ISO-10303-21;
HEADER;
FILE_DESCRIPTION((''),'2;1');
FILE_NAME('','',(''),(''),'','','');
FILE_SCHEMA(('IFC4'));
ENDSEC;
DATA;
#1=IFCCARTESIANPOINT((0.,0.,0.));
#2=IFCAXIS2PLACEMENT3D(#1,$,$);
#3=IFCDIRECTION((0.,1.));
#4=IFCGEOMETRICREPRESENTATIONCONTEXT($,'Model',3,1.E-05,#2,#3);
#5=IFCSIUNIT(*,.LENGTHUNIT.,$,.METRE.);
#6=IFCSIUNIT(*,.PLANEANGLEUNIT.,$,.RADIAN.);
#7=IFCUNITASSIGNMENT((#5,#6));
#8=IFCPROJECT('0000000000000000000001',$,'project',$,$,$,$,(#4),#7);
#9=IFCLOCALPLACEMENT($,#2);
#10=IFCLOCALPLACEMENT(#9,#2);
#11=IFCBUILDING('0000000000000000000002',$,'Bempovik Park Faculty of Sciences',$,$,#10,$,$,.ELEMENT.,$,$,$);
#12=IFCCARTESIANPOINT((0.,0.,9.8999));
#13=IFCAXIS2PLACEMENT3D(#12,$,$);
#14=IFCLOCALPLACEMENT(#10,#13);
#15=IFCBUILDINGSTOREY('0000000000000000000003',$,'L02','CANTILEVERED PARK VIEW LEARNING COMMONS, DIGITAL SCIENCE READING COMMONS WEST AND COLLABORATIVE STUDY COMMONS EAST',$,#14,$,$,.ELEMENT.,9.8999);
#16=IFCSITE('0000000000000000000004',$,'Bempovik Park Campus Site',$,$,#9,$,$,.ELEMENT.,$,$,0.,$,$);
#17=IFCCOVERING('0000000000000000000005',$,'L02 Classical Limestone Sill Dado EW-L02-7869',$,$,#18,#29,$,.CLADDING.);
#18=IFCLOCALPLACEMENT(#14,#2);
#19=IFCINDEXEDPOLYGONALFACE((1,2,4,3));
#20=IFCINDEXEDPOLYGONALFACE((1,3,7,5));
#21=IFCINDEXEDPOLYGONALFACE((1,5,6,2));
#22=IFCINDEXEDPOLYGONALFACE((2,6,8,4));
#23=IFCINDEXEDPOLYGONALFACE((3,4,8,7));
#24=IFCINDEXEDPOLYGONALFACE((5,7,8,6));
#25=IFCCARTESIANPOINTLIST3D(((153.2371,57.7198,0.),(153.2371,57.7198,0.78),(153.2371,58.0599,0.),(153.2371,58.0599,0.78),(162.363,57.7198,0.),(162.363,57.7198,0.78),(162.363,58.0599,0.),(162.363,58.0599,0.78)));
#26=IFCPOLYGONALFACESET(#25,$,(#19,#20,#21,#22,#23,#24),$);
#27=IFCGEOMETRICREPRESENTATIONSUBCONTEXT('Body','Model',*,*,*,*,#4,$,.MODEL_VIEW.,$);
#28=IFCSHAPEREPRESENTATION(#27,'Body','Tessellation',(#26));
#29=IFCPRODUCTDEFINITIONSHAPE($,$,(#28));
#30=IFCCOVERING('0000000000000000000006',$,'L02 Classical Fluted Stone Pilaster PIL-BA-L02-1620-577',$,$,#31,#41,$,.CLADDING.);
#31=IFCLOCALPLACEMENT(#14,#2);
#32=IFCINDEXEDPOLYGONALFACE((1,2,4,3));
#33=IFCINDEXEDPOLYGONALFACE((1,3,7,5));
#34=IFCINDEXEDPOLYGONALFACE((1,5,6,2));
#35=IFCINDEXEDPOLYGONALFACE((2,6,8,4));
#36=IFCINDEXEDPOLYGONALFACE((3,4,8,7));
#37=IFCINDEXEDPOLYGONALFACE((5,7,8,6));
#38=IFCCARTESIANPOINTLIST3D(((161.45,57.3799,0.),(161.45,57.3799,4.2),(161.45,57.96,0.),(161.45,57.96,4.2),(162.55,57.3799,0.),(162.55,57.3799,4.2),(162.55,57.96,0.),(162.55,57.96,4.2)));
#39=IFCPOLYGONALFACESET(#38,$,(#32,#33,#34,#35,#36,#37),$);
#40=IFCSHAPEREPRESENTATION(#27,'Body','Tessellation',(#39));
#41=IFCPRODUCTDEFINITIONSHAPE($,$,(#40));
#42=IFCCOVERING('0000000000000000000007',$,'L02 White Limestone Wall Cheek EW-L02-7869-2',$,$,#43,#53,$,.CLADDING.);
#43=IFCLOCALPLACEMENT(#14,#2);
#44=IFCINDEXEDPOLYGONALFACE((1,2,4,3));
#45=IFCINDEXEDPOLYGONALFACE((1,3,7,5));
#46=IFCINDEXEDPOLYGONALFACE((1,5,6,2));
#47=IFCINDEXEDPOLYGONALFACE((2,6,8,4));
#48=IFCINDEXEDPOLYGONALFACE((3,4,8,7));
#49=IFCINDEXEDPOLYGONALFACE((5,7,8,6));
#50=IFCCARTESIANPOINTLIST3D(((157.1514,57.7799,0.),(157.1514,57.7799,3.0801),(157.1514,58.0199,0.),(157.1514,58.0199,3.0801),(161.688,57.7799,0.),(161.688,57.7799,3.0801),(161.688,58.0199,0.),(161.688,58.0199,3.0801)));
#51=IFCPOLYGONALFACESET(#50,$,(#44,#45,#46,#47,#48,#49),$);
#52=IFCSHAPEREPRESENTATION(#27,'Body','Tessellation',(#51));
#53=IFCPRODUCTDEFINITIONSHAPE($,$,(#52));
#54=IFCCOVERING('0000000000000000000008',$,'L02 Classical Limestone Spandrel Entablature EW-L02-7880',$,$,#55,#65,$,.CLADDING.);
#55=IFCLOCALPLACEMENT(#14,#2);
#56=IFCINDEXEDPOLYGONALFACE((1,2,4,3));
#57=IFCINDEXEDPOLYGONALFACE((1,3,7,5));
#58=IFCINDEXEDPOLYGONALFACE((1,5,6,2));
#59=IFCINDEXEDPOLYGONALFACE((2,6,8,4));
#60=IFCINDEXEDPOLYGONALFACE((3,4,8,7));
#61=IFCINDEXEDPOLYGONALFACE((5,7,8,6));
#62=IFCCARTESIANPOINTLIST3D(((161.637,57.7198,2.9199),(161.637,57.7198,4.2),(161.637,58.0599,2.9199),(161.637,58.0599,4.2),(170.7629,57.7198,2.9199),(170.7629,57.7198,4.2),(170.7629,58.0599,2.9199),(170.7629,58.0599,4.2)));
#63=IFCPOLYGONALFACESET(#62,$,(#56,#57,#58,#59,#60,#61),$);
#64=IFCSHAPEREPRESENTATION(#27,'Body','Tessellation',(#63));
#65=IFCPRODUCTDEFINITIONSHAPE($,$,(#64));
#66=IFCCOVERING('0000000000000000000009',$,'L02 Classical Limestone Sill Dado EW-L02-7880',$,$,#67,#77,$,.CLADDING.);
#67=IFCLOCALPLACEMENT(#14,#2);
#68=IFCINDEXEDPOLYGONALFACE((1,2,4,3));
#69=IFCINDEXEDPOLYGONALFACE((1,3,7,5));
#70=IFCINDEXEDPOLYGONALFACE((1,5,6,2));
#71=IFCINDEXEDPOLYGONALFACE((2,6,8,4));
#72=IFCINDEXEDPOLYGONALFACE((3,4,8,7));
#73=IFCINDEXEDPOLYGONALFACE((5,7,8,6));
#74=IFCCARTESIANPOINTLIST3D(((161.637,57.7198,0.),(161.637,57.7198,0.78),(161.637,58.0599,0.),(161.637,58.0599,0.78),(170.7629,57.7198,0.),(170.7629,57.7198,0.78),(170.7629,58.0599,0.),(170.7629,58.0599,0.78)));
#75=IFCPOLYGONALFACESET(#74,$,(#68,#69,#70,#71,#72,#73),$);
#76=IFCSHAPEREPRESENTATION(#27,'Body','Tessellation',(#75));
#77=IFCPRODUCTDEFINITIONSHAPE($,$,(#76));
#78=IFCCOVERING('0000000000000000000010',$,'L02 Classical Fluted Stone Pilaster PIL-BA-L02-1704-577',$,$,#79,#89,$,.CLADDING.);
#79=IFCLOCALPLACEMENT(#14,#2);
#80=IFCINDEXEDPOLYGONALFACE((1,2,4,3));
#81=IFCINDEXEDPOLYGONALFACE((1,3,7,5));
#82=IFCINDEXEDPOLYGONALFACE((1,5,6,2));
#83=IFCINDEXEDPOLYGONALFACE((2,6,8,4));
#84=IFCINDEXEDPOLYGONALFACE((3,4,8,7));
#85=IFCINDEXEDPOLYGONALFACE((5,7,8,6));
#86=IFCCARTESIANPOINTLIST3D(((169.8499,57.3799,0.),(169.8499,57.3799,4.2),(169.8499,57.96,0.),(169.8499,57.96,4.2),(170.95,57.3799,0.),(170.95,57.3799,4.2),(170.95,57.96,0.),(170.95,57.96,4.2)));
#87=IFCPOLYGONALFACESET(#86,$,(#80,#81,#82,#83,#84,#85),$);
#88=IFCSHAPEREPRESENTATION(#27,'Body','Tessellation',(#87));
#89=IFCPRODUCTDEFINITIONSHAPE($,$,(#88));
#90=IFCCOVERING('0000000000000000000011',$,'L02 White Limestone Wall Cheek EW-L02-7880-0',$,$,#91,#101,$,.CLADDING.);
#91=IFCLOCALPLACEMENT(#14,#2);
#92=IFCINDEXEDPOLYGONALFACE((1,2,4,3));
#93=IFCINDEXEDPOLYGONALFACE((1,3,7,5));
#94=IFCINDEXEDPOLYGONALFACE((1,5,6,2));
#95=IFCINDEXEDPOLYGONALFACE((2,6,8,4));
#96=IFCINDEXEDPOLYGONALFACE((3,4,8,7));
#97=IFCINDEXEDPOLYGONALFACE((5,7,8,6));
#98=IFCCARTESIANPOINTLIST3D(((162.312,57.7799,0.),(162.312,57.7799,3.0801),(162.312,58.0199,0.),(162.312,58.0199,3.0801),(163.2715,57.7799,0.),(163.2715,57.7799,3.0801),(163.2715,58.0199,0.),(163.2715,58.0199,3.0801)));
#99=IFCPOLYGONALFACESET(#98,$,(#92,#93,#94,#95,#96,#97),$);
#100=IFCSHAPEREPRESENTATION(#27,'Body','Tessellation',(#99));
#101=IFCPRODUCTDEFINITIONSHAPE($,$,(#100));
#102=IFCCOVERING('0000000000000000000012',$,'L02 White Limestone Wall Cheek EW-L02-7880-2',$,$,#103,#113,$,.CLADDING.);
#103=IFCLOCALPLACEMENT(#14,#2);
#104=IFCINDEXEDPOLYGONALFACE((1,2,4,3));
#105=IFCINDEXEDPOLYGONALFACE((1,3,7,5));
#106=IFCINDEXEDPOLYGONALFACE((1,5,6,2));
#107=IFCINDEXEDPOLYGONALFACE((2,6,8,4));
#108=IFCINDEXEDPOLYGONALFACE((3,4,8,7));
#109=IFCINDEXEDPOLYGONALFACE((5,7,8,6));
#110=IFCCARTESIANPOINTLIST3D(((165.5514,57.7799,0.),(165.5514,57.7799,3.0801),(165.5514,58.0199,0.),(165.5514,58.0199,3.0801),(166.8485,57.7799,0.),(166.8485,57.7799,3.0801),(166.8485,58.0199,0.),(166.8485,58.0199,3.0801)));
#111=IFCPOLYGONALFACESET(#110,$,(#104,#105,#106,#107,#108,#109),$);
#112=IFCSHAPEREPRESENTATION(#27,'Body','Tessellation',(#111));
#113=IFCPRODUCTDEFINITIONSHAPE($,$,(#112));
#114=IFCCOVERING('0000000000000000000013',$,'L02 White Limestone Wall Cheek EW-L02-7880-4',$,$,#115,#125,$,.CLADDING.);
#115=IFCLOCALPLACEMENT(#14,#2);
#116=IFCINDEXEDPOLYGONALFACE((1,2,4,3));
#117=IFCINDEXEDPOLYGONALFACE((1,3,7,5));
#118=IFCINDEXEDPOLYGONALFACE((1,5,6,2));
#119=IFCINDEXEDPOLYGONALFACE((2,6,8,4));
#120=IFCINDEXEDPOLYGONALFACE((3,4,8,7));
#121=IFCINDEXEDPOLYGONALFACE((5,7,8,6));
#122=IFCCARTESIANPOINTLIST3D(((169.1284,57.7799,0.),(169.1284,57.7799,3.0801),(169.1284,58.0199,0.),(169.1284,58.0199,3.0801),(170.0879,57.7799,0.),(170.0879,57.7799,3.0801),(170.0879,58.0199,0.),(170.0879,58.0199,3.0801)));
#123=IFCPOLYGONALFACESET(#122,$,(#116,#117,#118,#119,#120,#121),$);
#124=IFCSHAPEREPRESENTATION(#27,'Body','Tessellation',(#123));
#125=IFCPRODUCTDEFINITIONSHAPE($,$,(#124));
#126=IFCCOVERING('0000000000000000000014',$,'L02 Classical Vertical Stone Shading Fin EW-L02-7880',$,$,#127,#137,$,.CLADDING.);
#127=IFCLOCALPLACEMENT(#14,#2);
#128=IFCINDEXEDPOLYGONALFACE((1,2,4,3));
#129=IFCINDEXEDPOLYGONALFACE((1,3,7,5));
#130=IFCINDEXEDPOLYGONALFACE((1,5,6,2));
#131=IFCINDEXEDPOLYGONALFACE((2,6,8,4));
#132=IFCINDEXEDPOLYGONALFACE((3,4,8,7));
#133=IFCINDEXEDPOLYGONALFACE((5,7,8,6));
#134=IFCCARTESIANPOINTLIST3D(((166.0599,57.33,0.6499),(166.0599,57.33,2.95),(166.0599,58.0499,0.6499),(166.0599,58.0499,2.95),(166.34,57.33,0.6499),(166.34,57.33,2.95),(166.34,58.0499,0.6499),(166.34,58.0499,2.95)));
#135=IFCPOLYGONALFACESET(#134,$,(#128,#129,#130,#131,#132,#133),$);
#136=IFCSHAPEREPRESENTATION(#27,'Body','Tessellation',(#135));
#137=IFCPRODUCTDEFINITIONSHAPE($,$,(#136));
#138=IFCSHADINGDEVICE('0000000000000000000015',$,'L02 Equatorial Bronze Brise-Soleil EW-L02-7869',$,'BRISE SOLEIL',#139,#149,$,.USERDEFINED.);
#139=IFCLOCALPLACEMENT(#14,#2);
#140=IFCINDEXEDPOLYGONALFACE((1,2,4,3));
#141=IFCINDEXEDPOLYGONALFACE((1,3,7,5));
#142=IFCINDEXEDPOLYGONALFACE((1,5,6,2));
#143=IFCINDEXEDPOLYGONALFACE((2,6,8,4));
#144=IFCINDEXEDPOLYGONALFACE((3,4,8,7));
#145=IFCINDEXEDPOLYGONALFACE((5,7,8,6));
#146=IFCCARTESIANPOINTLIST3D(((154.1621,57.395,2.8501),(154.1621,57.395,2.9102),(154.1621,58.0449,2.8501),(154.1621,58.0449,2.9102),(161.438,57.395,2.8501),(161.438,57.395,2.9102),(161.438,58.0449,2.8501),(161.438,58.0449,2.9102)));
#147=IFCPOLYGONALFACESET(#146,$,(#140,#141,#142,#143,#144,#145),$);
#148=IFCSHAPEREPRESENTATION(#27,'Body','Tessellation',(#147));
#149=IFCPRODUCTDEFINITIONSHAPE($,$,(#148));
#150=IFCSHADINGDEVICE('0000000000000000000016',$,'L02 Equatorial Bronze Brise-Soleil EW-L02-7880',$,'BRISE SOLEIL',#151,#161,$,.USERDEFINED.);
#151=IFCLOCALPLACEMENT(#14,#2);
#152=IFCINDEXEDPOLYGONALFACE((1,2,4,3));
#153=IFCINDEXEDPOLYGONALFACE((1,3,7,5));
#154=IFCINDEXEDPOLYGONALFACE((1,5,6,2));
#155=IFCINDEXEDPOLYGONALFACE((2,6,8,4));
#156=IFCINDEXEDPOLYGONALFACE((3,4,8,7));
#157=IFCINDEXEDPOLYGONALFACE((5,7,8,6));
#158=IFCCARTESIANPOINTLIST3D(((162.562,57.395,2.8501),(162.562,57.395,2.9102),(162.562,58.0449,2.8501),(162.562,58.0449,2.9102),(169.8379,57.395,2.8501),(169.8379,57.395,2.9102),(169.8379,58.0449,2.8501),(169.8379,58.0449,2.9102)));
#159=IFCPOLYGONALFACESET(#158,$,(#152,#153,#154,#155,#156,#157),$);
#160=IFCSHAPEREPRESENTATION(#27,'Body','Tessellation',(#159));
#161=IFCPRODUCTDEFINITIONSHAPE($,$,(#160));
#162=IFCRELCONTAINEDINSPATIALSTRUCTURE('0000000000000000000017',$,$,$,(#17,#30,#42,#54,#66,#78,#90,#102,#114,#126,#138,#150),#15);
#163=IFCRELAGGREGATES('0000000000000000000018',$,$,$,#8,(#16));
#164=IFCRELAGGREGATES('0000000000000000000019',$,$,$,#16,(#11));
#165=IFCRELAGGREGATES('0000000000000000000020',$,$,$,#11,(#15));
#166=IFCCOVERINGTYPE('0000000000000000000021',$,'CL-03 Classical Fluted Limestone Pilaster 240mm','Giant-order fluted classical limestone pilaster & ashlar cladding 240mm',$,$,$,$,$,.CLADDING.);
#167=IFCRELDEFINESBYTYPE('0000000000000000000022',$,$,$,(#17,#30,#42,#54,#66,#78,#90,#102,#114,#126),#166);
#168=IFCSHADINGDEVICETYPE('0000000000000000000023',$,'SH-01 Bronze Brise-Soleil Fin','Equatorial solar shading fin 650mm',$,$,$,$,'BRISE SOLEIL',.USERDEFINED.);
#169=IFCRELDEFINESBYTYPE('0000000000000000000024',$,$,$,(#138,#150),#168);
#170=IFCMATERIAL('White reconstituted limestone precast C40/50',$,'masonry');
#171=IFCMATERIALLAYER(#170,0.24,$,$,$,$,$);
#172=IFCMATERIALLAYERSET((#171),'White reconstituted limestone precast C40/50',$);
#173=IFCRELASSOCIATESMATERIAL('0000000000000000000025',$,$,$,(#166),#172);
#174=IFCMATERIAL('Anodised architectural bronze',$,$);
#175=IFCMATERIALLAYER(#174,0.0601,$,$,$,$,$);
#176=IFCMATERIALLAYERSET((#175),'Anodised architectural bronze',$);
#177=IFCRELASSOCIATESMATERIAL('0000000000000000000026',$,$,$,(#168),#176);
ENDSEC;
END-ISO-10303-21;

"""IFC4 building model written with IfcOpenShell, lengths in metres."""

from ifc_helpers import new_model, si_unit, direction, frame, origin, origin_2d, place, context, subcontext, project, spatial, rectangle, extrude, material, layer, layer_set, type_object, element, save


model = new_model("IFC4")

# Units and contexts
model_context = context("Model", 3, precision=1e-05, world=origin(), true_north=direction((0.0, 1.0)))
body_context = subcontext(model_context, "Body", "Model", "MODEL_VIEW")
ifc_project = project(units=[si_unit("LENGTHUNIT", "METRE"), si_unit("PLANEANGLEUNIT", "RADIAN")], contexts=[model_context])

# Site, building, storey
site_placement = place(None, origin())
site = spatial("IfcSite", under=ifc_project, at=site_placement, Name="Bempovik Park Campus Site", CompositionType="ELEMENT", RefElevation=0.0)
building_placement = place(site_placement, origin())
building = spatial("IfcBuilding", under=site, at=building_placement, Name="Bempovik Park Faculty of Sciences", CompositionType="ELEMENT")
storey_placement = place(building_placement, frame((0.0, 0.0, 9.8999)))
storey = spatial("IfcBuildingStorey", under=building, at=storey_placement, Name="L02", Description="CANTILEVERED PARK VIEW LEARNING COMMONS, DIGITAL SCIENCE READING COMMONS WEST AND COLLABORATIVE STUDY COMMONS EAST", CompositionType="ELEMENT", Elevation=9.8999)

# Coverings
ifc_material_1 = material(Name="White reconstituted limestone precast C40/50", Category="masonry")
ifc_layer_1 = layer(ifc_material_1, 0.24)
ifc_layer_set_1 = layer_set([ifc_layer_1], Name="White reconstituted limestone precast C40/50")
covering_type_1 = type_object("IfcCoveringType", Name="CL-03 Classical Fluted Limestone Pilaster 240mm", Description="Giant-order fluted classical limestone pilaster & ashlar cladding 240mm", PredefinedType="CLADDING", material=ifc_layer_set_1)
covering_1_placement = place(storey_placement, frame((157.8, 57.8899, 0.0), z_axis=(0.0, 0.0, 1.0), x_axis=(1.0, 0.0, 0.0)))
element("IfcCovering", 1, at=covering_1_placement, inside=storey, type_object=covering_type_1, Name="L02 Classical Limestone Sill Dado EW-L02-7869", PredefinedType="CLADDING", context=body_context, shape_type="SweptSolid", body=[
    extrude(rectangle(XDim=9.126, YDim=0.3401, at=origin_2d()), origin(), (0.0, 0.0, 1.0), 0.78),
])
covering_2_placement = place(storey_placement, frame((162.0, 57.6699, 0.0), z_axis=(0.0, 0.0, 1.0), x_axis=(1.0, 0.0, 0.0)))
element("IfcCovering", 2, at=covering_2_placement, inside=storey, type_object=covering_type_1, Name="L02 Classical Fluted Stone Pilaster PIL-BA-L02-1620-577", PredefinedType="CLADDING", context=body_context, shape_type="SweptSolid", body=[
    extrude(rectangle(XDim=1.1001, YDim=0.5801, at=origin_2d()), origin(), (0.0, 0.0, 1.0), 4.2),
])
covering_3_placement = place(storey_placement, frame((159.4197, 57.8999, 0.0), z_axis=(0.0, 0.0, 1.0), x_axis=(1.0, 0.0, 0.0)))
element("IfcCovering", 3, at=covering_3_placement, inside=storey, type_object=covering_type_1, Name="L02 White Limestone Wall Cheek EW-L02-7869-2", PredefinedType="CLADDING", context=body_context, shape_type="SweptSolid", body=[
    extrude(rectangle(XDim=4.5366, YDim=0.24, at=origin_2d()), origin(), (0.0, 0.0, 1.0), 3.0801),
])
covering_4_placement = place(storey_placement, frame((166.2, 57.8899, 2.9199), z_axis=(0.0, 0.0, 1.0), x_axis=(1.0, 0.0, 0.0)))
element("IfcCovering", 4, at=covering_4_placement, inside=storey, type_object=covering_type_1, Name="L02 Classical Limestone Spandrel Entablature EW-L02-7880", PredefinedType="CLADDING", context=body_context, shape_type="SweptSolid", body=[
    extrude(rectangle(XDim=9.126, YDim=0.3401, at=origin_2d()), origin(), (0.0, 0.0, 1.0), 1.28),
])
covering_5_placement = place(storey_placement, frame((166.2, 57.8899, 0.0), z_axis=(0.0, 0.0, 1.0), x_axis=(1.0, 0.0, 0.0)))
element("IfcCovering", 5, at=covering_5_placement, inside=storey, type_object=covering_type_1, Name="L02 Classical Limestone Sill Dado EW-L02-7880", PredefinedType="CLADDING", context=body_context, shape_type="SweptSolid", body=[
    extrude(rectangle(XDim=9.126, YDim=0.3401, at=origin_2d()), origin(), (0.0, 0.0, 1.0), 0.78),
])
covering_6_placement = place(storey_placement, frame((170.3999, 57.6699, 0.0), z_axis=(0.0, 0.0, 1.0), x_axis=(1.0, 0.0, 0.0)))
element("IfcCovering", 6, at=covering_6_placement, inside=storey, type_object=covering_type_1, Name="L02 Classical Fluted Stone Pilaster PIL-BA-L02-1704-577", PredefinedType="CLADDING", context=body_context, shape_type="SweptSolid", body=[
    extrude(rectangle(XDim=1.1001, YDim=0.5801, at=origin_2d()), origin(), (0.0, 0.0, 1.0), 4.2),
])
covering_7_placement = place(storey_placement, frame((162.7917, 57.8999, 0.0), z_axis=(0.0, 0.0, 1.0), x_axis=(1.0, 0.0, 0.0)))
element("IfcCovering", 7, at=covering_7_placement, inside=storey, type_object=covering_type_1, Name="L02 White Limestone Wall Cheek EW-L02-7880-0", PredefinedType="CLADDING", context=body_context, shape_type="SweptSolid", body=[
    extrude(rectangle(XDim=0.9595, YDim=0.24, at=origin_2d()), origin(), (0.0, 0.0, 1.0), 3.0801),
])
covering_8_placement = place(storey_placement, frame((166.2, 57.8999, 0.0), z_axis=(0.0, 0.0, 1.0), x_axis=(1.0, 0.0, 0.0)))
element("IfcCovering", 8, at=covering_8_placement, inside=storey, type_object=covering_type_1, Name="L02 White Limestone Wall Cheek EW-L02-7880-2", PredefinedType="CLADDING", context=body_context, shape_type="SweptSolid", body=[
    extrude(rectangle(XDim=1.2971, YDim=0.24, at=origin_2d()), origin(), (0.0, 0.0, 1.0), 3.0801),
])
covering_9_placement = place(storey_placement, frame((169.6082, 57.8999, 0.0), z_axis=(0.0, 0.0, 1.0), x_axis=(1.0, 0.0, 0.0)))
element("IfcCovering", 9, at=covering_9_placement, inside=storey, type_object=covering_type_1, Name="L02 White Limestone Wall Cheek EW-L02-7880-4", PredefinedType="CLADDING", context=body_context, shape_type="SweptSolid", body=[
    extrude(rectangle(XDim=0.9595, YDim=0.24, at=origin_2d()), origin(), (0.0, 0.0, 1.0), 3.0801),
])
covering_10_placement = place(storey_placement, frame((166.2, 57.6899, 0.6499), z_axis=(0.0, 0.0, 1.0), x_axis=(1.0, 0.0, 0.0)))
element("IfcCovering", 10, at=covering_10_placement, inside=storey, type_object=covering_type_1, Name="L02 Classical Vertical Stone Shading Fin EW-L02-7880", PredefinedType="CLADDING", context=body_context, shape_type="SweptSolid", body=[
    extrude(rectangle(XDim=0.28, YDim=0.72, at=origin_2d()), origin(), (0.0, 0.0, 1.0), 2.3),
])

# Shading devices
ifc_material_2 = material(Name="Anodised architectural bronze")
ifc_layer_2 = layer(ifc_material_2, 0.0601)
ifc_layer_set_2 = layer_set([ifc_layer_2], Name="Anodised architectural bronze")
shading_device_type = type_object("IfcShadingDeviceType", Name="SH-01 Bronze Brise-Soleil Fin", Description="Equatorial solar shading fin 650mm", ElementType="BRISE SOLEIL", PredefinedType="USERDEFINED", material=ifc_layer_set_2)
for number, where, z_axis, x_axis, name in (
    (11, (157.8, 57.72, 2.8501), (0.0, 0.0, 1.0), (1.0, 0.0, 0.0), "L02 Equatorial Bronze Brise-Soleil EW-L02-7869"),
    (12, (166.2, 57.72, 2.8501), (0.0, 0.0, 1.0), (1.0, 0.0, 0.0), "L02 Equatorial Bronze Brise-Soleil EW-L02-7880"),
):
    element("IfcShadingDevice", number, at=place(storey_placement, frame(where, z_axis=z_axis, x_axis=x_axis)), inside=storey, type_object=shading_device_type, Name=name, ObjectType="BRISE SOLEIL", PredefinedType="USERDEFINED", context=body_context, shape_type="SweptSolid", body=[
        extrude(rectangle(XDim=7.2759, YDim=0.6499, at=origin_2d()), origin(), (0.0, 0.0, 1.0), 0.0601),
    ])

save(model, "model.ifc")
